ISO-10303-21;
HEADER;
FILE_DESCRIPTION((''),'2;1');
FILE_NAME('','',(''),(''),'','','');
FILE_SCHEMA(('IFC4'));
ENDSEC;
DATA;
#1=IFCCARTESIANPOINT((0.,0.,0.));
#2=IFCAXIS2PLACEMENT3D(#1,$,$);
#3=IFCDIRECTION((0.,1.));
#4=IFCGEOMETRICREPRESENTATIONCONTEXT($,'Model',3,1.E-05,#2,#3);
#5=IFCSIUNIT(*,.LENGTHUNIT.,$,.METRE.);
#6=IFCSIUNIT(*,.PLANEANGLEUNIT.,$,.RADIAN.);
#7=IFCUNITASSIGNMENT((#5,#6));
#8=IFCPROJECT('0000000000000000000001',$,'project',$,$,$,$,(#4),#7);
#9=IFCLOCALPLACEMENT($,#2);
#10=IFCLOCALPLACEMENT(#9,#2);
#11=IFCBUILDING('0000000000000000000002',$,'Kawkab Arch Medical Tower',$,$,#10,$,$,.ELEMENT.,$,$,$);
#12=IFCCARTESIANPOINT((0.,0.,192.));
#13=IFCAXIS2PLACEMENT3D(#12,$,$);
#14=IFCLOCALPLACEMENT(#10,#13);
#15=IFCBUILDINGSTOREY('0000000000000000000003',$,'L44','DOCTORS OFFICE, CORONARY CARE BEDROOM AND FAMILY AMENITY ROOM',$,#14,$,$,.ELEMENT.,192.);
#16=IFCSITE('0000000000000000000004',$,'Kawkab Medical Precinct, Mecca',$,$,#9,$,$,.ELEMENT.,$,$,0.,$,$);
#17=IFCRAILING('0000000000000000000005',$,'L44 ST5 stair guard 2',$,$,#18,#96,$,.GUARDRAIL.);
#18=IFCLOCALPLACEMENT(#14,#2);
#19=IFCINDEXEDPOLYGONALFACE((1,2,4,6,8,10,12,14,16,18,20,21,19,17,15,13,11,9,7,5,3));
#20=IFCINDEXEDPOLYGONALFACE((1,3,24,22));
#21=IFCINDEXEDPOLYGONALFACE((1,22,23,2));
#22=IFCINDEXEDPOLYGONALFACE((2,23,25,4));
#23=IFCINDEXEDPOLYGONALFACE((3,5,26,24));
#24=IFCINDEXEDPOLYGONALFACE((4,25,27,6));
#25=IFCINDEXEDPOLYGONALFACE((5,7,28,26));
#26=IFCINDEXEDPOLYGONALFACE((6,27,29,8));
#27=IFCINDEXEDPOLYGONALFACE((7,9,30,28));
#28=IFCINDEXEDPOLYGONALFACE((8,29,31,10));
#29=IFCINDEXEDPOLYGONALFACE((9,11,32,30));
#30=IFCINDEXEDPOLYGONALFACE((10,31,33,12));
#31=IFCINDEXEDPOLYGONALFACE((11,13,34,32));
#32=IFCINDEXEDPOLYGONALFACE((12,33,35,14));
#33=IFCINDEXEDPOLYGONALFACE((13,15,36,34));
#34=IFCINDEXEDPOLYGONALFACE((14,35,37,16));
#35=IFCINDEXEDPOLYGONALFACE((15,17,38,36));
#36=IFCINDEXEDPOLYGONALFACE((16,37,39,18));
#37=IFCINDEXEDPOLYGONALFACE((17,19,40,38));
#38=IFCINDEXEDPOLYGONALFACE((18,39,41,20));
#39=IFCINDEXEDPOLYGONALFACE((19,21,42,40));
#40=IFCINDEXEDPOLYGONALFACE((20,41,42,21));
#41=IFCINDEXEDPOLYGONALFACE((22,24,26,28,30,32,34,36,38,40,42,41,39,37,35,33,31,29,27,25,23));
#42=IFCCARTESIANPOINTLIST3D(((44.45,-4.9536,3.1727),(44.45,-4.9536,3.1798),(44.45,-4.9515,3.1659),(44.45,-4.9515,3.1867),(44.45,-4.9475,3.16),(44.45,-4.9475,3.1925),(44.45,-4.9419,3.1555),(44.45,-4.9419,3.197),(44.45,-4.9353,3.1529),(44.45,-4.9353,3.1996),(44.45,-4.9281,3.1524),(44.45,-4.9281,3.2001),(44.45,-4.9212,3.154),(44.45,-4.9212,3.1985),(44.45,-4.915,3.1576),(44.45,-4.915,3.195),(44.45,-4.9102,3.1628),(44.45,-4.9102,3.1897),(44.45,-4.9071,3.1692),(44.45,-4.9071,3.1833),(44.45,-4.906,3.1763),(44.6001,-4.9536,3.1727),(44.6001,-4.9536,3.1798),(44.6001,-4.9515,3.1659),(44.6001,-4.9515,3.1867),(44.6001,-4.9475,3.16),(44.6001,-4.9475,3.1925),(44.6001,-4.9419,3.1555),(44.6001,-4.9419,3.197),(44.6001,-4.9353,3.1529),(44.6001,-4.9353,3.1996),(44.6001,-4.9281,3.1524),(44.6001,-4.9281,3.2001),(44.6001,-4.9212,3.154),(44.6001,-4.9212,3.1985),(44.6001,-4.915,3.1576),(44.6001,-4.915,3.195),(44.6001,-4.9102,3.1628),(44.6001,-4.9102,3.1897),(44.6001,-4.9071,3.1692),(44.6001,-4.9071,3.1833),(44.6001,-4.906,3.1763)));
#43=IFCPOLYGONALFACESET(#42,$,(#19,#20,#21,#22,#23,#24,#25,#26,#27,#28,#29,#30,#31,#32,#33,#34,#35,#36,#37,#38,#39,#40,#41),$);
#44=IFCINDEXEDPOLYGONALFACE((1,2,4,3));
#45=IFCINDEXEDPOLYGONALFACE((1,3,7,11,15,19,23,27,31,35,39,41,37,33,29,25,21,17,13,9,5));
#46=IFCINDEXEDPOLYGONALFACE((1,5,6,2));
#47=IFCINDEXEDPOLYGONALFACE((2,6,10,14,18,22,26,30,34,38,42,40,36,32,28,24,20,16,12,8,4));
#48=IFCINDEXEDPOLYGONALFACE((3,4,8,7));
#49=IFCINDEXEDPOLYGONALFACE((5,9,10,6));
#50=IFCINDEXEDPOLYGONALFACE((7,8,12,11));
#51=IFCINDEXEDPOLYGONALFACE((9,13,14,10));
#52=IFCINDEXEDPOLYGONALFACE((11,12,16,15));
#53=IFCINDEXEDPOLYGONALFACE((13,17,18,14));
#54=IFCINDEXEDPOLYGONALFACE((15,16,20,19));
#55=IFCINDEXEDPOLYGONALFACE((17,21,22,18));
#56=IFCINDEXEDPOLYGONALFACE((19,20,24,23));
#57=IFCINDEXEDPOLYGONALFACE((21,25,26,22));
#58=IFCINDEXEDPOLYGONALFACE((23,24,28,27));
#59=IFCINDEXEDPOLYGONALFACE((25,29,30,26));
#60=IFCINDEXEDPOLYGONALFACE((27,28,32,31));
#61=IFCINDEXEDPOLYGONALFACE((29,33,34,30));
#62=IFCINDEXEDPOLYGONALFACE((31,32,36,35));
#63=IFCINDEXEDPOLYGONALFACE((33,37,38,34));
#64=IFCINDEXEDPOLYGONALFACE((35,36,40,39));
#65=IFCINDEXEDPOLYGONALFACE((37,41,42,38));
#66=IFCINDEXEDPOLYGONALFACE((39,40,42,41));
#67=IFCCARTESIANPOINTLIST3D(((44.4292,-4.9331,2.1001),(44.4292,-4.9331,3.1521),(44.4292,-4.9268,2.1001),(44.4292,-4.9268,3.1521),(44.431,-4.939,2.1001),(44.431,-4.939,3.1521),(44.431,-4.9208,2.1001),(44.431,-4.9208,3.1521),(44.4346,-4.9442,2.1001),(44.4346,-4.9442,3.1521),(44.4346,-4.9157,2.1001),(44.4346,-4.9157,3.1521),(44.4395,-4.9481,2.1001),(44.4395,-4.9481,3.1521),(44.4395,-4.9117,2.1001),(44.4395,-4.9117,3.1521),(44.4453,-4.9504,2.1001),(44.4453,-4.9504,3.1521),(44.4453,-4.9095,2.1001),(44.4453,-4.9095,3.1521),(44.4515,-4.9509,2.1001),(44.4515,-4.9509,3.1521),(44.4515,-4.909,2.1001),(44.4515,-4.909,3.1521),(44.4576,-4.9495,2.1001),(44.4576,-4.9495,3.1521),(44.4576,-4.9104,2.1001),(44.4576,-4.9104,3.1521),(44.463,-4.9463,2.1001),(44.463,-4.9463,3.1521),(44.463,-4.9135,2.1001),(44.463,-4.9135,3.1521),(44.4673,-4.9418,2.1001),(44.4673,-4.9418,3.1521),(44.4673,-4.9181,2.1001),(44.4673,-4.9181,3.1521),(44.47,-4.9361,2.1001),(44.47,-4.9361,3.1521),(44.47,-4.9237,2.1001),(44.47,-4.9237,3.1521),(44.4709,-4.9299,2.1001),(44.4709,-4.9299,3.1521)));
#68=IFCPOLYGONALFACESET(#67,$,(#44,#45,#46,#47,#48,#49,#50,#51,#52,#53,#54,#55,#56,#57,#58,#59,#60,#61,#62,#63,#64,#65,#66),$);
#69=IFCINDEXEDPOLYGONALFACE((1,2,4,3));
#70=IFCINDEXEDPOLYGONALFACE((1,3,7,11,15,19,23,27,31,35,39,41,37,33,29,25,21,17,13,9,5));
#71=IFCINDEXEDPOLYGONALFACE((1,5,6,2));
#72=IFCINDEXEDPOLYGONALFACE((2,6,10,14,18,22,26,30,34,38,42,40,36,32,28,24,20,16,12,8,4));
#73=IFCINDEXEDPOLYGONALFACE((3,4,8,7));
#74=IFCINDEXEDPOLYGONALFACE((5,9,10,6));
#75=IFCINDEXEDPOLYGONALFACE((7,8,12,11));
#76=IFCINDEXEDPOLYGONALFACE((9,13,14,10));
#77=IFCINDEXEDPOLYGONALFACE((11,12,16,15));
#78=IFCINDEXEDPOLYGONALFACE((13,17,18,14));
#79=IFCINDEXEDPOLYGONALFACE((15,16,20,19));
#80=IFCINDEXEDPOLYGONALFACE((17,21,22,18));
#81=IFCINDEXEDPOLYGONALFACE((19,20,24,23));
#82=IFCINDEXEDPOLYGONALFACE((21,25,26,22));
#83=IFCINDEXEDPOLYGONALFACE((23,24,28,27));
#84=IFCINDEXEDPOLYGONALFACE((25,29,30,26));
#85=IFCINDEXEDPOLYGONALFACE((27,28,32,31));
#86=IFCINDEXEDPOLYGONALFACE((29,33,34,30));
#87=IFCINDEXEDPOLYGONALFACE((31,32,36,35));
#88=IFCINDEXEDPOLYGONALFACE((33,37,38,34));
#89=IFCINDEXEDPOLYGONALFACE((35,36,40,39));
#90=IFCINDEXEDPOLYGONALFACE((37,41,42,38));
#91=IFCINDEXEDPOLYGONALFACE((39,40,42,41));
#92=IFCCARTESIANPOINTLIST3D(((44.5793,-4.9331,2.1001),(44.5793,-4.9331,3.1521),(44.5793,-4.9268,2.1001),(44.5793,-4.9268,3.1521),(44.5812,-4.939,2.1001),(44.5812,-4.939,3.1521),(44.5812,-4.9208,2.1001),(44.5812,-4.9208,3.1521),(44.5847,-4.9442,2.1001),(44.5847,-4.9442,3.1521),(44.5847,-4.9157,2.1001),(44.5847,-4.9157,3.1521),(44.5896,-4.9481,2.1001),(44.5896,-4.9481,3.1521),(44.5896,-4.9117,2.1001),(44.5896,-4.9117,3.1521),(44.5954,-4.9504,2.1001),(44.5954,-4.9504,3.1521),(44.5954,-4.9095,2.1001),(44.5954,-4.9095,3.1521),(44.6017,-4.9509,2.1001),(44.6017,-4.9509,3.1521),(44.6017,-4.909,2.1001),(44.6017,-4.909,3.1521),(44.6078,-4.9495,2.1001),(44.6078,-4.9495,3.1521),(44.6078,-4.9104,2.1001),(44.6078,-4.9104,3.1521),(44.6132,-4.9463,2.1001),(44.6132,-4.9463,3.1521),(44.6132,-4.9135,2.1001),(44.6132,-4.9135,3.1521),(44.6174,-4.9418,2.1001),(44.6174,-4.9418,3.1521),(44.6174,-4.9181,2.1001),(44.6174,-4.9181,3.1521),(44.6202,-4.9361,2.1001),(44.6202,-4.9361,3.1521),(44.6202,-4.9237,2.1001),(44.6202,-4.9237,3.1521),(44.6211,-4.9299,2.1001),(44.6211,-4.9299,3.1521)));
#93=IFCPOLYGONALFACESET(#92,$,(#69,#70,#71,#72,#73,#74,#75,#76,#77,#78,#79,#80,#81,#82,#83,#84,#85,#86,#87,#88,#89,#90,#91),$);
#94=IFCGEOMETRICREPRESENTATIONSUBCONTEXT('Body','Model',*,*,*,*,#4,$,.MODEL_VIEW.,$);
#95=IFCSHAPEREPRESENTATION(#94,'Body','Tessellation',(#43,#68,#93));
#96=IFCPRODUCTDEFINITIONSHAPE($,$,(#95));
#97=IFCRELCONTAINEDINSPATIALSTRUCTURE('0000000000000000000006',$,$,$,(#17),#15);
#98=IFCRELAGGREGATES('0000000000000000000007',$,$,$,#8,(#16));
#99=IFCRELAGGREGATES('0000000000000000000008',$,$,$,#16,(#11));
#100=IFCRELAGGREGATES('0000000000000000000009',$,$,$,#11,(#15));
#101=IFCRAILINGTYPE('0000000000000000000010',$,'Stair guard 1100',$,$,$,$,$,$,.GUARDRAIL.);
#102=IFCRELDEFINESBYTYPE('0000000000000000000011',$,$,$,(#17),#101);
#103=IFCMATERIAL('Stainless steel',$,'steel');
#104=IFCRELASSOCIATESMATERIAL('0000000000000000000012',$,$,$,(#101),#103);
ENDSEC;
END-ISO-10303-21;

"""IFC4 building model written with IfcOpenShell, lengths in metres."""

from ifc_helpers import new_model, si_unit, direction, frame, origin, origin_2d, place, context, subcontext, project, spatial, circle, extrude, material, type_object, element, save


model = new_model("IFC4")

# Units and contexts
model_context = context("Model", 3, precision=1e-05, world=origin(), true_north=direction((0.0, 1.0)))
body_context = subcontext(model_context, "Body", "Model", "MODEL_VIEW")
ifc_project = project(units=[si_unit("LENGTHUNIT", "METRE"), si_unit("PLANEANGLEUNIT", "RADIAN")], contexts=[model_context])

# Site, building, storey
site_placement = place(None, origin())
site = spatial("IfcSite", under=ifc_project, at=site_placement, Name="Kawkab Medical Precinct, Mecca", CompositionType="ELEMENT", RefElevation=0.0)
building_placement = place(site_placement, origin())
building = spatial("IfcBuilding", under=site, at=building_placement, Name="Kawkab Arch Medical Tower", CompositionType="ELEMENT")
storey_placement = place(building_placement, frame((0.0, 0.0, 192.0)))
storey = spatial("IfcBuildingStorey", under=building, at=storey_placement, Name="L44", Description="DOCTORS OFFICE, CORONARY CARE BEDROOM AND FAMILY AMENITY ROOM", CompositionType="ELEMENT", Elevation=192.0)

# Railing
ifc_material_1 = material(Name="Stainless steel", Category="steel")
railing_type_1 = type_object("IfcRailingType", Name="Stair guard 1100", PredefinedType="GUARDRAIL", material=ifc_material_1)
railing_1_placement = place(storey_placement, frame((44.45, -4.9299, 2.1001)))
element("IfcRailing", 1, at=railing_1_placement, inside=storey, type_object=railing_type_1, Name="L44 ST5 stair guard 2", PredefinedType="GUARDRAIL", context=body_context, shape_type="SweptSolid", body=[
    extrude(circle(Radius=0.0239, at=origin_2d()), frame((0.0, 0.0, 1.0762), z_axis=(1.0, 0.0, 0.0), x_axis=(0.0, 1.0, 0.0)), (0.0, 0.0, 1.0), 0.1501),
    extrude(circle(Radius=0.021, at=origin_2d()), origin(), (0.0, 0.0, 1.0), 1.052),
    extrude(circle(Radius=0.021, at=origin_2d()), frame((0.1501, 0.0, 0.0)), (0.0, 0.0, 1.0), 1.052),
])

save(model, "model.ifc")
